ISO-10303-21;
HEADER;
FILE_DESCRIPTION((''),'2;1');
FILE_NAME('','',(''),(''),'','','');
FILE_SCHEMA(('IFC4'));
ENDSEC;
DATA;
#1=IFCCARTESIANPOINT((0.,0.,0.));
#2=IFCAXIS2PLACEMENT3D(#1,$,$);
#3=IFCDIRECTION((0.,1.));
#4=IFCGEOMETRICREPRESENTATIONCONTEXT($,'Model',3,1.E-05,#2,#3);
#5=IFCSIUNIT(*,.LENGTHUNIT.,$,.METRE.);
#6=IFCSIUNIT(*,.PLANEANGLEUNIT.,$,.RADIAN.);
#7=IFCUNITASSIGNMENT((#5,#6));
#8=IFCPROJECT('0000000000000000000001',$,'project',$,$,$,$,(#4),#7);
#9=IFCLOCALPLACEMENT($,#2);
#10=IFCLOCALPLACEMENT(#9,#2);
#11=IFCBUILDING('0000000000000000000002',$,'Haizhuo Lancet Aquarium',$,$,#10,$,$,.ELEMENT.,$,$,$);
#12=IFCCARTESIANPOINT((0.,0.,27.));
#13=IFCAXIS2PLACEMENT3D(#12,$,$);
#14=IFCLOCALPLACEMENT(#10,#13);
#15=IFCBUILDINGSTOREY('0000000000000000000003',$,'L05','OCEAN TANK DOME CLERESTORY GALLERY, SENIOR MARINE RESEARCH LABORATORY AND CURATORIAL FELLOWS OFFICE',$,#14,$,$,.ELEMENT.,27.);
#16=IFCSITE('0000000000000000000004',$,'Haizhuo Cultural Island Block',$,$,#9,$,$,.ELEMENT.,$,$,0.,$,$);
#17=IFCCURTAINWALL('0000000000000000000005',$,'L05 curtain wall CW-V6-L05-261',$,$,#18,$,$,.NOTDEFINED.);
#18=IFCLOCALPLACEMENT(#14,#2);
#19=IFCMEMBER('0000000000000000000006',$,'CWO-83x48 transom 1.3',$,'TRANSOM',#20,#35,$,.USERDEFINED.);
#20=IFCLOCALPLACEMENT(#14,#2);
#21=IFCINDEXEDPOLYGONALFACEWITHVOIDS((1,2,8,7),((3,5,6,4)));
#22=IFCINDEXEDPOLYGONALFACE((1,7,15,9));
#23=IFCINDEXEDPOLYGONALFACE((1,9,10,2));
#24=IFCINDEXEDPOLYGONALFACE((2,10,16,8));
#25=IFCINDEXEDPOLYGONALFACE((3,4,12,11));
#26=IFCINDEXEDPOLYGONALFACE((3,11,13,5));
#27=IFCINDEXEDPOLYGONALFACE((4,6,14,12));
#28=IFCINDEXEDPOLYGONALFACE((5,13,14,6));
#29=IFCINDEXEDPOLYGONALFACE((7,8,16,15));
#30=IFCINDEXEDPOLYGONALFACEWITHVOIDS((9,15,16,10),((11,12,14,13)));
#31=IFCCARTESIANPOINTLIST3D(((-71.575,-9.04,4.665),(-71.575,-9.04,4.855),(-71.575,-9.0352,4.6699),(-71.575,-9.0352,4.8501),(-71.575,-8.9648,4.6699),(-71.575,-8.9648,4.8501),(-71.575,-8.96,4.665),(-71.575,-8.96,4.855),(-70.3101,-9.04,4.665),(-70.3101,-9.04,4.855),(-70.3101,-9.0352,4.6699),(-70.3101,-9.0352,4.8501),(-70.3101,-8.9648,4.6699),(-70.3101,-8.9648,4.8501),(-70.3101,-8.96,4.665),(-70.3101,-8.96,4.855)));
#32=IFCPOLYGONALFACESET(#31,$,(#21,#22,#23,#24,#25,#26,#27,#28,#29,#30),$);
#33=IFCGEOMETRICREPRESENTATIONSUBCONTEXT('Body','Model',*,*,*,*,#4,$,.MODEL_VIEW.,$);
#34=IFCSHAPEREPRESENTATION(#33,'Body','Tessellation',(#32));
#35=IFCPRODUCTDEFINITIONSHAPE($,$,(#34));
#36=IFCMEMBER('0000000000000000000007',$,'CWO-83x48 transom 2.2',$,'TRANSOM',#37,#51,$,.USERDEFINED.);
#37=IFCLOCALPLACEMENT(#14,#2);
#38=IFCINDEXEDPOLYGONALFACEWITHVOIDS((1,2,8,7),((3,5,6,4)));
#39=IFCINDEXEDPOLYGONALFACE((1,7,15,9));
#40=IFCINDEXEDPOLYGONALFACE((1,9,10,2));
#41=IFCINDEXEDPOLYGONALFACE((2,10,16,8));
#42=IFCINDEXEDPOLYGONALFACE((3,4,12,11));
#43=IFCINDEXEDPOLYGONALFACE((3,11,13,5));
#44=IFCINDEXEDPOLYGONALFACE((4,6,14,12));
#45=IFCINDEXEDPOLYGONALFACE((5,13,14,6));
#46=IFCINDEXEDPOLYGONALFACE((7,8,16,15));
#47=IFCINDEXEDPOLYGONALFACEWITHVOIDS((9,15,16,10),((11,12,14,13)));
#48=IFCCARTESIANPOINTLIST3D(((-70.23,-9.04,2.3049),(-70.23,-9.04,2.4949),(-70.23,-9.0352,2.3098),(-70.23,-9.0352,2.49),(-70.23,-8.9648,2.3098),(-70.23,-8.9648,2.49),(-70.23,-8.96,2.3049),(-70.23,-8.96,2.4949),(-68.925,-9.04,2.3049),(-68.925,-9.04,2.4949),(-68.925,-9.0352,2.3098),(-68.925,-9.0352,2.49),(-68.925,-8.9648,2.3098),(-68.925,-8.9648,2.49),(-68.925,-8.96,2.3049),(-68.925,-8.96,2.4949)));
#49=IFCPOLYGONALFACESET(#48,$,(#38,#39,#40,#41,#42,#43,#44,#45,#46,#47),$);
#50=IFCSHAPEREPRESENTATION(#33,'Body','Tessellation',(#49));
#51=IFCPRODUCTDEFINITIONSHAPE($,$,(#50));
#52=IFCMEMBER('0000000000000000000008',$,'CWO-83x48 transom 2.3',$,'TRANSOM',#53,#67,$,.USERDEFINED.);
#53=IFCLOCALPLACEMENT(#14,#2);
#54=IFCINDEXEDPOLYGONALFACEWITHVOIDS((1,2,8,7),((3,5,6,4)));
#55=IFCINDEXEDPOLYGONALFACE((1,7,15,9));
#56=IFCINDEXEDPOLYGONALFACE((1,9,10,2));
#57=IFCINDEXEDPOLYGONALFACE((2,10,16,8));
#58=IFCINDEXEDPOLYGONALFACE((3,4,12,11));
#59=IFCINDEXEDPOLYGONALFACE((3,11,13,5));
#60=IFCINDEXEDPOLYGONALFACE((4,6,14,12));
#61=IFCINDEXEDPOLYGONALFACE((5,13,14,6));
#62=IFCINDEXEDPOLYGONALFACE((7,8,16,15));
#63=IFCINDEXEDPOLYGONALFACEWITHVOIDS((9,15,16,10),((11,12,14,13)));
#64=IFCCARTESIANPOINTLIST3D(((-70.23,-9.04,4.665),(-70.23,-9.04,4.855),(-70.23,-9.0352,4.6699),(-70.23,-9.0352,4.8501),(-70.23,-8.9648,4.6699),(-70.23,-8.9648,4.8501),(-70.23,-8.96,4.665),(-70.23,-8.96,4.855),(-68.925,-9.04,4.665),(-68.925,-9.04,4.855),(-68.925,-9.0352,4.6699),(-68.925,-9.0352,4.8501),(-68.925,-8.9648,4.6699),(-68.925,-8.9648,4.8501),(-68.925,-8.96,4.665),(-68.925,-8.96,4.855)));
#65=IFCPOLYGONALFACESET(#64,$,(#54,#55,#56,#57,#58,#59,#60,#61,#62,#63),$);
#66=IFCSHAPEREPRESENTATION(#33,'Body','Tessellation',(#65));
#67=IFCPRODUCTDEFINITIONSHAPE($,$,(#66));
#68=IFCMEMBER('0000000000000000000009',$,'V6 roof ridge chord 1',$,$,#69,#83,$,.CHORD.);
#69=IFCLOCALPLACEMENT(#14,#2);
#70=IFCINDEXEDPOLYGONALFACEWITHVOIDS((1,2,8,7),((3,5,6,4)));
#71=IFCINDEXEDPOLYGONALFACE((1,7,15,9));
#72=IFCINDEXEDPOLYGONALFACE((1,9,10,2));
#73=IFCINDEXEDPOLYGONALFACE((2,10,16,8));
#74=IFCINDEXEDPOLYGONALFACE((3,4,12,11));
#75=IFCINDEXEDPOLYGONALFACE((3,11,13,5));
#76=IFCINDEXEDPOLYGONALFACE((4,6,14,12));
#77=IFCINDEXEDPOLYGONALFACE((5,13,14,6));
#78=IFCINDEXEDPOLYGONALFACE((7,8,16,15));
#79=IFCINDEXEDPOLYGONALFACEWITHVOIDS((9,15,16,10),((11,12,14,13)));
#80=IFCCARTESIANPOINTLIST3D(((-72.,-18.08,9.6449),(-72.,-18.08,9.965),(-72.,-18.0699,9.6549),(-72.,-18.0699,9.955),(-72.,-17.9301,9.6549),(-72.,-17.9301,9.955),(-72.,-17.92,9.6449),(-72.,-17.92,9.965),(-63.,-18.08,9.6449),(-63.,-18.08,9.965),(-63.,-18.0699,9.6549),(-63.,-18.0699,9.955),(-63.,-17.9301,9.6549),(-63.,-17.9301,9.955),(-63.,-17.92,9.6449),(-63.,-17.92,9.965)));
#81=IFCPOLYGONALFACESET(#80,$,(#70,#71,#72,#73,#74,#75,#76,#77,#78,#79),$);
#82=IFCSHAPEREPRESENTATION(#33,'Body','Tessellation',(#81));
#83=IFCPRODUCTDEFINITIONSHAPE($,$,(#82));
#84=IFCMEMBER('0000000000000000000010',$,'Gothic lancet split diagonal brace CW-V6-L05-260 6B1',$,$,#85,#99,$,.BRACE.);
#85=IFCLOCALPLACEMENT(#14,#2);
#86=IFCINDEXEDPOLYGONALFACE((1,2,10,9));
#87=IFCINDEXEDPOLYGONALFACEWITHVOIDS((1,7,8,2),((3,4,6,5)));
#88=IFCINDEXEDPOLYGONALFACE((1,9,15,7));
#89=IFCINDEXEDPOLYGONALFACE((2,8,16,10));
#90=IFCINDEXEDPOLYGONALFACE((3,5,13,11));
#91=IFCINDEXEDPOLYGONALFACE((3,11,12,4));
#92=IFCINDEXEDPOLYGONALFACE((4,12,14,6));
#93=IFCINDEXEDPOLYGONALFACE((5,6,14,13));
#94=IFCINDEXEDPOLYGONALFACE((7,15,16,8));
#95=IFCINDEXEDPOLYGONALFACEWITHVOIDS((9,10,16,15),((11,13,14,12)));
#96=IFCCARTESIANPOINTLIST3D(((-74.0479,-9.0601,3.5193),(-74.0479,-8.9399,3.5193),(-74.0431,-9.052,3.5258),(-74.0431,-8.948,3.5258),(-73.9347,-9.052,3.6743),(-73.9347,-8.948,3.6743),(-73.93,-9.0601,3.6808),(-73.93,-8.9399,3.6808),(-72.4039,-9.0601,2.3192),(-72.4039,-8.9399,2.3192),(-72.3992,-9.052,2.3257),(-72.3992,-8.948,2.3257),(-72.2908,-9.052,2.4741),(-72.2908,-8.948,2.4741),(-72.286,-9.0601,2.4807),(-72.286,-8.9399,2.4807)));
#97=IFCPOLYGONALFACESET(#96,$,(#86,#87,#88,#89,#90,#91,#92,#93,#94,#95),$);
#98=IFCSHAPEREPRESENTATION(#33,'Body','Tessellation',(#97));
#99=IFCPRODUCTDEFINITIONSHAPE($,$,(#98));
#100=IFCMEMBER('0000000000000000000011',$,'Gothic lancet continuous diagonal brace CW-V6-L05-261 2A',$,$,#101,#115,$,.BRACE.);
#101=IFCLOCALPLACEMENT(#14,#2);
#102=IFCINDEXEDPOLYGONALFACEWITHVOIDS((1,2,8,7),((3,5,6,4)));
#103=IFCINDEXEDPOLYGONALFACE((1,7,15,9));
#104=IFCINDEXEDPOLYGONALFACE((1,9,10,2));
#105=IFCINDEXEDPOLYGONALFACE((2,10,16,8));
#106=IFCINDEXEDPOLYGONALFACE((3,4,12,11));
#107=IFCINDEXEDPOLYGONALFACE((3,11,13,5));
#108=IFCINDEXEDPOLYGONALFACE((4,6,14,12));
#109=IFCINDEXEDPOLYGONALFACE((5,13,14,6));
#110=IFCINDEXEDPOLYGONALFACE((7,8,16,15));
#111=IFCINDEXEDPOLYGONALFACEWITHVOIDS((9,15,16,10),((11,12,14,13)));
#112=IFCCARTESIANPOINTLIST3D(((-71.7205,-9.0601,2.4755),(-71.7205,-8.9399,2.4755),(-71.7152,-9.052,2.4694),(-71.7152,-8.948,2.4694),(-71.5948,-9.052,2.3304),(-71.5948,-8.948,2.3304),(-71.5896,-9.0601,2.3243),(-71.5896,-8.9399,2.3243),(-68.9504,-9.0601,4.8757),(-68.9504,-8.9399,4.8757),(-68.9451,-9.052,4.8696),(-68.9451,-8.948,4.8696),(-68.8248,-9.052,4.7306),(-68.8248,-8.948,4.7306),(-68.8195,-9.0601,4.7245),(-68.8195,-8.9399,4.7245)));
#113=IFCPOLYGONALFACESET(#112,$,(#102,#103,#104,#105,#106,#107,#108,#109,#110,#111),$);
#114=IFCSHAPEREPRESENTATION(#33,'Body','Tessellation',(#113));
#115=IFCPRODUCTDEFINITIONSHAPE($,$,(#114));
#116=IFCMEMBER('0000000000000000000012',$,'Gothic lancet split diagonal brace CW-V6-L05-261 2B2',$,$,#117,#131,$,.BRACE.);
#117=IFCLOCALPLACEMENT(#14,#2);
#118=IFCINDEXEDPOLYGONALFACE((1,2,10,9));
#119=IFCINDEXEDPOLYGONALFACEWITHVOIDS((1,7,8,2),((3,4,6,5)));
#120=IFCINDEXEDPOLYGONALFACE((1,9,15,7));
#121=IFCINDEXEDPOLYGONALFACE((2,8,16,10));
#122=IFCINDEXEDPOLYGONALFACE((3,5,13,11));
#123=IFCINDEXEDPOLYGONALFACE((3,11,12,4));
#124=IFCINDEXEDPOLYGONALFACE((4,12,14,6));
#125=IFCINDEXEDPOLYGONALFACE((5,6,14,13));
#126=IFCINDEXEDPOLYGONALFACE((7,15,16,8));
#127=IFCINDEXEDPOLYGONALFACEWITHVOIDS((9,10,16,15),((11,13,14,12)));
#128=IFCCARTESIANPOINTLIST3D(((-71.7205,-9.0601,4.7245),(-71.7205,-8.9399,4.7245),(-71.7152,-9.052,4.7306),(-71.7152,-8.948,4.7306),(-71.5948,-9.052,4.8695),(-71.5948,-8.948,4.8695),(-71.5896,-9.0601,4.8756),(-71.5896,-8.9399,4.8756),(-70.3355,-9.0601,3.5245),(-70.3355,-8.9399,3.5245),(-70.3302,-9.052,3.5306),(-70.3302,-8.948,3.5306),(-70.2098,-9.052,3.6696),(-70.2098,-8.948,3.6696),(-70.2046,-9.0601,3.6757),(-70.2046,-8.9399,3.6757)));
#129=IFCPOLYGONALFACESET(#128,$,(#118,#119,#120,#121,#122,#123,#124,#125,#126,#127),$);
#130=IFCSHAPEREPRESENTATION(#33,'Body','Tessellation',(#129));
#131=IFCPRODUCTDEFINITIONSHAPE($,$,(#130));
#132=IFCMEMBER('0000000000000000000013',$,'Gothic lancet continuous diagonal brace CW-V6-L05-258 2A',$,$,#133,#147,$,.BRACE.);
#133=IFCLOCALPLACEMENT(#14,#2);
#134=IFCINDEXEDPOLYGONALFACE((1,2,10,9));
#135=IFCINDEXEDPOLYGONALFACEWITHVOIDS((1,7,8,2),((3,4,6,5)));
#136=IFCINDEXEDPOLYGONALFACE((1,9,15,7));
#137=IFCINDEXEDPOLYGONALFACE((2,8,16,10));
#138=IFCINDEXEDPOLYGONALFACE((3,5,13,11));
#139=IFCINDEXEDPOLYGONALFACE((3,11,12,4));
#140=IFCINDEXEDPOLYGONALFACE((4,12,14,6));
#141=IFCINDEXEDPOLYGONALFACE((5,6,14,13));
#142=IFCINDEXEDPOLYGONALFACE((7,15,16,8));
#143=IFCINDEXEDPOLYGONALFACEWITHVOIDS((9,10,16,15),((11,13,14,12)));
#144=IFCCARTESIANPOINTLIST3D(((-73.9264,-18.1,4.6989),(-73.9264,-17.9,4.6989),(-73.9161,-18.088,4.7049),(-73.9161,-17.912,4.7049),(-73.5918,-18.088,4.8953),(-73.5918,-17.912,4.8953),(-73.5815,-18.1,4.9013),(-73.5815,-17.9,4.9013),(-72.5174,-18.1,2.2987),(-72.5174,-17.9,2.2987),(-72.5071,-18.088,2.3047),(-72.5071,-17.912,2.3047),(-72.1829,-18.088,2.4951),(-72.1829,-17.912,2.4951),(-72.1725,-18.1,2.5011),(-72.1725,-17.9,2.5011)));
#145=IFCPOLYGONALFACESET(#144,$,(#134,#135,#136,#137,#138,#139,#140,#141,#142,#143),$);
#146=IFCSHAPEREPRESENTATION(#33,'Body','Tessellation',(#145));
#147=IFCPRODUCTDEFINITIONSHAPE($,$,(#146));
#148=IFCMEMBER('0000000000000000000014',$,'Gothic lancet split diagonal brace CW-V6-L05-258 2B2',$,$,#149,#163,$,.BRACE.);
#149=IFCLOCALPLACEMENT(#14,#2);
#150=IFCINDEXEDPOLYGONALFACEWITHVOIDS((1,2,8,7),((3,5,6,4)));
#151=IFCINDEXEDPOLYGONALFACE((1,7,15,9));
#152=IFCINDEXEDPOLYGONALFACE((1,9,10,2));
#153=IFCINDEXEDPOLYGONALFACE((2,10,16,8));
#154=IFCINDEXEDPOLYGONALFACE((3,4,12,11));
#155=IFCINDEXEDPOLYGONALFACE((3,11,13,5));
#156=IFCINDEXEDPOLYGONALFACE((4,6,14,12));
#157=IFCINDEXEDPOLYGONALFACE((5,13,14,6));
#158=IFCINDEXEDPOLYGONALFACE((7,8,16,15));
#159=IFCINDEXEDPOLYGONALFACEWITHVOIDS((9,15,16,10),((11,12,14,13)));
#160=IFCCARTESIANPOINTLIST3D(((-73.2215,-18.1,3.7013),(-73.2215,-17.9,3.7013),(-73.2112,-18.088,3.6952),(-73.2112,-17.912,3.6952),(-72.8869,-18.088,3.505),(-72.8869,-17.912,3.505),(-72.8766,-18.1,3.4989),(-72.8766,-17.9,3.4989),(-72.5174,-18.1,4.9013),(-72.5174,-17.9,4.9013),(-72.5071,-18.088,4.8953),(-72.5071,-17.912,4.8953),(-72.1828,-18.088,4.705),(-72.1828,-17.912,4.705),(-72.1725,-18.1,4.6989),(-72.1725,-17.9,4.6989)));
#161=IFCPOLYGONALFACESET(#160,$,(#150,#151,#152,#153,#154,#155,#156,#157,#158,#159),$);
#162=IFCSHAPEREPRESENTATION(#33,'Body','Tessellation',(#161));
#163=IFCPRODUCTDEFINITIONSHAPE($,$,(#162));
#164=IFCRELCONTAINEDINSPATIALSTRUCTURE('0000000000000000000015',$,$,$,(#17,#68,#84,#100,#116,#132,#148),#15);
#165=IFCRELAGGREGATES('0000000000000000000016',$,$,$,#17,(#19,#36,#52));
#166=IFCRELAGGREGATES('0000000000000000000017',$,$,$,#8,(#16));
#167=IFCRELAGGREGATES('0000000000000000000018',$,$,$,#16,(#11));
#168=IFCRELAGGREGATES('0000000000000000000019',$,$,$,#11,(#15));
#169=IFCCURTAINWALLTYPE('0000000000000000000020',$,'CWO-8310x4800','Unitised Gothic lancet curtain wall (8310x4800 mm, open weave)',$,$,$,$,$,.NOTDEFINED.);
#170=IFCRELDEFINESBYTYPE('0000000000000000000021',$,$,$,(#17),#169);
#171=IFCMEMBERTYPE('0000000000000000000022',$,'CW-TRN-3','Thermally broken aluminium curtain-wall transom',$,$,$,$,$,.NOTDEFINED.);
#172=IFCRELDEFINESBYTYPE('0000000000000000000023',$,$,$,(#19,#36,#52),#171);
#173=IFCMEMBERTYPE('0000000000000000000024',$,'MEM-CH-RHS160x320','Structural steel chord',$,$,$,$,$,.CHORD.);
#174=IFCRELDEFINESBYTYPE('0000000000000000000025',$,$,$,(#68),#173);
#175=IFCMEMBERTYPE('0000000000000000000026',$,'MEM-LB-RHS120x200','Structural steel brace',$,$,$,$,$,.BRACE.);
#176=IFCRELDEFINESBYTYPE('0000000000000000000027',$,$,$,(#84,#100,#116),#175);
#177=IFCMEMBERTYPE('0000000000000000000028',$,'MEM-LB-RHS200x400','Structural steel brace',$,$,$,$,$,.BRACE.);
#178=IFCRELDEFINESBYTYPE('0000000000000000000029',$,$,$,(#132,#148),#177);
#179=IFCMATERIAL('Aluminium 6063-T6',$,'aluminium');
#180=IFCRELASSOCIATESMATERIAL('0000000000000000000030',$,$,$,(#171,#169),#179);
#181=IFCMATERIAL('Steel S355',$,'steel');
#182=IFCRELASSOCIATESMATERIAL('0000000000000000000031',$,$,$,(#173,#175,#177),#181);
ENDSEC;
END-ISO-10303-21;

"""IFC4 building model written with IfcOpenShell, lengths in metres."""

from ifc_helpers import new_model, si_unit, direction, frame, origin, origin_2d, place, context, subcontext, project, spatial, hollow_rectangle, extrude, material, material_profile, profile_set, type_object, element, aggregate, save


model = new_model("IFC4")

# Units and contexts
model_context = context("Model", 3, precision=1e-05, world=origin(), true_north=direction((0.0, 1.0)))
body_context = subcontext(model_context, "Body", "Model", "MODEL_VIEW")
ifc_project = project(units=[si_unit("LENGTHUNIT", "METRE"), si_unit("PLANEANGLEUNIT", "RADIAN")], contexts=[model_context])

# Site, building, storey
site_placement = place(None, origin())
site = spatial("IfcSite", under=ifc_project, at=site_placement, Name="Haizhuo Cultural Island Block", CompositionType="ELEMENT", RefElevation=0.0)
building_placement = place(site_placement, origin())
building = spatial("IfcBuilding", under=site, at=building_placement, Name="Haizhuo Lancet Aquarium", CompositionType="ELEMENT")
storey_placement = place(building_placement, frame((0.0, 0.0, 27.0)))
storey = spatial("IfcBuildingStorey", under=building, at=storey_placement, Name="L05", Description="OCEAN TANK DOME CLERESTORY GALLERY, SENIOR MARINE RESEARCH LABORATORY AND CURATORIAL FELLOWS OFFICE", CompositionType="ELEMENT", Elevation=27.0)

# Shared definitions
ifc_material_1 = material(Name="Steel S355", Category="steel")

# Curtain wall, members
ifc_material_2 = material(Name="Aluminium 6063-T6", Category="aluminium")
ifc_material_profile_1 = material_profile(ifc_material_2, hollow_rectangle(XDim=0.0801, YDim=0.1899, WallThickness=0.0049, at=origin_2d()), Name="ALU-T 80x190x5")
ifc_profile_set_1 = profile_set([ifc_material_profile_1], Name="Aluminium 6063-T6")
member_type_1 = type_object("IfcMemberType", Name="CW-TRN-3", Description="Thermally broken aluminium curtain-wall transom", PredefinedType="NOTDEFINED", material=ifc_profile_set_1)
curtain_wall_type_1 = type_object("IfcCurtainWallType", Name="CWO-8310x4800", Description="Unitised Gothic lancet curtain wall (8310x4800 mm, open weave)", PredefinedType="NOTDEFINED", material=ifc_material_2)
curtain_wall_1_placement = place(storey_placement, origin())
curtain_wall_1 = element("IfcCurtainWall", 1, at=curtain_wall_1_placement, inside=storey, type_object=curtain_wall_type_1, Name="L05 curtain wall CW-V6-L05-261", PredefinedType="NOTDEFINED")
member_1_placement = place(storey_placement, frame((-71.575, -9.0, 4.76), z_axis=(1.0, 0.0, 0.0), x_axis=(0.0, 1.0, 0.0)))
member_1 = element("IfcMember", 2, at=member_1_placement, type_object=member_type_1, Name="CWO-83x48 transom 1.3", ObjectType="TRANSOM", PredefinedType="USERDEFINED", context=body_context, shape_type="SweptSolid", body=[
    extrude(hollow_rectangle(XDim=0.0801, YDim=0.1899, WallThickness=0.0049, at=origin_2d()), origin(), (0.0, 0.0, 1.0), 1.2649),
])
member_2_placement = place(storey_placement, frame((-70.23, -9.0, 2.3999), z_axis=(1.0, 0.0, 0.0), x_axis=(0.0, 1.0, 0.0)))
member_2 = element("IfcMember", 3, at=member_2_placement, type_object=member_type_1, Name="CWO-83x48 transom 2.2", ObjectType="TRANSOM", PredefinedType="USERDEFINED", context=body_context, shape_type="SweptSolid", body=[
    extrude(hollow_rectangle(XDim=0.0801, YDim=0.1899, WallThickness=0.0049, at=origin_2d()), origin(), (0.0, 0.0, 1.0), 1.3049),
])
member_3_placement = place(storey_placement, frame((-70.23, -9.0, 4.76), z_axis=(1.0, 0.0, 0.0), x_axis=(0.0, 1.0, 0.0)))
member_3 = element("IfcMember", 4, at=member_3_placement, type_object=member_type_1, Name="CWO-83x48 transom 2.3", ObjectType="TRANSOM", PredefinedType="USERDEFINED", context=body_context, shape_type="SweptSolid", body=[
    extrude(hollow_rectangle(XDim=0.0801, YDim=0.1899, WallThickness=0.0049, at=origin_2d()), origin(), (0.0, 0.0, 1.0), 1.3049),
])

# Members
ifc_material_profile_2 = material_profile(ifc_material_1, hollow_rectangle(XDim=0.1599, YDim=0.3201, WallThickness=0.01, at=origin_2d()), Name="RHS 160x320x10")
ifc_profile_set_2 = profile_set([ifc_material_profile_2], Name="Steel S355")
member_type_2 = type_object("IfcMemberType", Name="MEM-CH-RHS160x320", Description="Structural steel chord", PredefinedType="CHORD", material=ifc_profile_set_2)
member_4_placement = place(storey_placement, frame((-72.0, -18.0, 9.8049), z_axis=(1.0, 0.0, 0.0), x_axis=(0.0, 1.0, 0.0)))
element("IfcMember", 5, at=member_4_placement, inside=storey, type_object=member_type_2, Name="V6 roof ridge chord 1", PredefinedType="CHORD", context=body_context, shape_type="SweptSolid", body=[
    extrude(hollow_rectangle(XDim=0.1599, YDim=0.3201, WallThickness=0.01, at=origin_2d()), origin(), (0.0, 0.0, 1.0), 9.0),
])
ifc_material_profile_3 = material_profile(ifc_material_1, hollow_rectangle(XDim=0.1201, YDim=0.2, WallThickness=0.0081, at=origin_2d()), Name="RHS 120x200x8")
ifc_profile_set_3 = profile_set([ifc_material_profile_3], Name="Steel S355")
member_type_3 = type_object("IfcMemberType", Name="MEM-LB-RHS120x200", Description="Structural steel brace", PredefinedType="BRACE", material=ifc_profile_set_3)
member_5_placement = place(storey_placement, frame((-72.345, -9.0, 2.3999), z_axis=(-0.807677, 0.0, 0.589626), x_axis=(0.0, -1.0, 0.0)))
element("IfcMember", 6, at=member_5_placement, inside=storey, type_object=member_type_3, Name="Gothic lancet split diagonal brace CW-V6-L05-260 6B1", PredefinedType="BRACE", context=body_context, shape_type="SweptSolid", body=[
    extrude(hollow_rectangle(XDim=0.1201, YDim=0.2, WallThickness=0.0081, at=origin_2d()), origin(), (0.0, 0.0, 1.0), 2.0354),
])
member_6_placement = place(storey_placement, frame((-71.655, -9.0, 2.3999), z_axis=(0.755762, 0.0, 0.654847), x_axis=(0.0, 1.0, 0.0)))
element("IfcMember", 7, at=member_6_placement, inside=storey, type_object=member_type_3, Name="Gothic lancet continuous diagonal brace CW-V6-L05-261 2A", PredefinedType="BRACE", context=body_context, shape_type="SweptSolid", body=[
    extrude(hollow_rectangle(XDim=0.1201, YDim=0.2, WallThickness=0.0081, at=origin_2d()), origin(), (0.0, 0.0, 1.0), 3.6653),
])
member_7_placement = place(storey_placement, frame((-70.27, -9.0, 3.6001), z_axis=(-0.755795, 0.0, 0.654809), x_axis=(0.0, -1.0, 0.0)))
element("IfcMember", 8, at=member_7_placement, inside=storey, type_object=member_type_3, Name="Gothic lancet split diagonal brace CW-V6-L05-261 2B2", PredefinedType="BRACE", context=body_context, shape_type="SweptSolid", body=[
    extrude(hollow_rectangle(XDim=0.1201, YDim=0.2, WallThickness=0.0081, at=origin_2d()), origin(), (0.0, 0.0, 1.0), 1.8325),
])
ifc_material_profile_4 = material_profile(ifc_material_1, hollow_rectangle(XDim=0.2, YDim=0.3999, WallThickness=0.012, at=origin_2d()), Name="RHS 200x400x12")
ifc_profile_set_4 = profile_set([ifc_material_profile_4], Name="Steel S355")
member_type_4 = type_object("IfcMemberType", Name="MEM-LB-RHS200x400", Description="Structural steel brace", PredefinedType="BRACE", material=ifc_profile_set_4)
member_8_placement = place(storey_placement, frame((-72.345, -18.0, 2.3999), z_axis=(-0.506242, 0.0, 0.862392), x_axis=(0.0, -1.0, 0.0)))
element("IfcMember", 9, at=member_8_placement, inside=storey, type_object=member_type_4, Name="Gothic lancet continuous diagonal brace CW-V6-L05-258 2A", PredefinedType="BRACE", context=body_context, shape_type="SweptSolid", body=[
    extrude(hollow_rectangle(XDim=0.2, YDim=0.3999, WallThickness=0.012, at=origin_2d()), origin(), (0.0, 0.0, 1.0), 2.7832),
])
member_9_placement = place(storey_placement, frame((-73.0491, -18.0, 3.6001), z_axis=(0.506084, 0.0, 0.862484), x_axis=(0.0, 1.0, 0.0)))
element("IfcMember", 10, at=member_9_placement, inside=storey, type_object=member_type_4, Name="Gothic lancet split diagonal brace CW-V6-L05-258 2B2", PredefinedType="BRACE", context=body_context, shape_type="SweptSolid", body=[
    extrude(hollow_rectangle(XDim=0.2, YDim=0.3999, WallThickness=0.012, at=origin_2d()), origin(), (0.0, 0.0, 1.0), 1.3914),
])

aggregate(curtain_wall_1, [member_1, member_2, member_3])

save(model, "model.ifc")
